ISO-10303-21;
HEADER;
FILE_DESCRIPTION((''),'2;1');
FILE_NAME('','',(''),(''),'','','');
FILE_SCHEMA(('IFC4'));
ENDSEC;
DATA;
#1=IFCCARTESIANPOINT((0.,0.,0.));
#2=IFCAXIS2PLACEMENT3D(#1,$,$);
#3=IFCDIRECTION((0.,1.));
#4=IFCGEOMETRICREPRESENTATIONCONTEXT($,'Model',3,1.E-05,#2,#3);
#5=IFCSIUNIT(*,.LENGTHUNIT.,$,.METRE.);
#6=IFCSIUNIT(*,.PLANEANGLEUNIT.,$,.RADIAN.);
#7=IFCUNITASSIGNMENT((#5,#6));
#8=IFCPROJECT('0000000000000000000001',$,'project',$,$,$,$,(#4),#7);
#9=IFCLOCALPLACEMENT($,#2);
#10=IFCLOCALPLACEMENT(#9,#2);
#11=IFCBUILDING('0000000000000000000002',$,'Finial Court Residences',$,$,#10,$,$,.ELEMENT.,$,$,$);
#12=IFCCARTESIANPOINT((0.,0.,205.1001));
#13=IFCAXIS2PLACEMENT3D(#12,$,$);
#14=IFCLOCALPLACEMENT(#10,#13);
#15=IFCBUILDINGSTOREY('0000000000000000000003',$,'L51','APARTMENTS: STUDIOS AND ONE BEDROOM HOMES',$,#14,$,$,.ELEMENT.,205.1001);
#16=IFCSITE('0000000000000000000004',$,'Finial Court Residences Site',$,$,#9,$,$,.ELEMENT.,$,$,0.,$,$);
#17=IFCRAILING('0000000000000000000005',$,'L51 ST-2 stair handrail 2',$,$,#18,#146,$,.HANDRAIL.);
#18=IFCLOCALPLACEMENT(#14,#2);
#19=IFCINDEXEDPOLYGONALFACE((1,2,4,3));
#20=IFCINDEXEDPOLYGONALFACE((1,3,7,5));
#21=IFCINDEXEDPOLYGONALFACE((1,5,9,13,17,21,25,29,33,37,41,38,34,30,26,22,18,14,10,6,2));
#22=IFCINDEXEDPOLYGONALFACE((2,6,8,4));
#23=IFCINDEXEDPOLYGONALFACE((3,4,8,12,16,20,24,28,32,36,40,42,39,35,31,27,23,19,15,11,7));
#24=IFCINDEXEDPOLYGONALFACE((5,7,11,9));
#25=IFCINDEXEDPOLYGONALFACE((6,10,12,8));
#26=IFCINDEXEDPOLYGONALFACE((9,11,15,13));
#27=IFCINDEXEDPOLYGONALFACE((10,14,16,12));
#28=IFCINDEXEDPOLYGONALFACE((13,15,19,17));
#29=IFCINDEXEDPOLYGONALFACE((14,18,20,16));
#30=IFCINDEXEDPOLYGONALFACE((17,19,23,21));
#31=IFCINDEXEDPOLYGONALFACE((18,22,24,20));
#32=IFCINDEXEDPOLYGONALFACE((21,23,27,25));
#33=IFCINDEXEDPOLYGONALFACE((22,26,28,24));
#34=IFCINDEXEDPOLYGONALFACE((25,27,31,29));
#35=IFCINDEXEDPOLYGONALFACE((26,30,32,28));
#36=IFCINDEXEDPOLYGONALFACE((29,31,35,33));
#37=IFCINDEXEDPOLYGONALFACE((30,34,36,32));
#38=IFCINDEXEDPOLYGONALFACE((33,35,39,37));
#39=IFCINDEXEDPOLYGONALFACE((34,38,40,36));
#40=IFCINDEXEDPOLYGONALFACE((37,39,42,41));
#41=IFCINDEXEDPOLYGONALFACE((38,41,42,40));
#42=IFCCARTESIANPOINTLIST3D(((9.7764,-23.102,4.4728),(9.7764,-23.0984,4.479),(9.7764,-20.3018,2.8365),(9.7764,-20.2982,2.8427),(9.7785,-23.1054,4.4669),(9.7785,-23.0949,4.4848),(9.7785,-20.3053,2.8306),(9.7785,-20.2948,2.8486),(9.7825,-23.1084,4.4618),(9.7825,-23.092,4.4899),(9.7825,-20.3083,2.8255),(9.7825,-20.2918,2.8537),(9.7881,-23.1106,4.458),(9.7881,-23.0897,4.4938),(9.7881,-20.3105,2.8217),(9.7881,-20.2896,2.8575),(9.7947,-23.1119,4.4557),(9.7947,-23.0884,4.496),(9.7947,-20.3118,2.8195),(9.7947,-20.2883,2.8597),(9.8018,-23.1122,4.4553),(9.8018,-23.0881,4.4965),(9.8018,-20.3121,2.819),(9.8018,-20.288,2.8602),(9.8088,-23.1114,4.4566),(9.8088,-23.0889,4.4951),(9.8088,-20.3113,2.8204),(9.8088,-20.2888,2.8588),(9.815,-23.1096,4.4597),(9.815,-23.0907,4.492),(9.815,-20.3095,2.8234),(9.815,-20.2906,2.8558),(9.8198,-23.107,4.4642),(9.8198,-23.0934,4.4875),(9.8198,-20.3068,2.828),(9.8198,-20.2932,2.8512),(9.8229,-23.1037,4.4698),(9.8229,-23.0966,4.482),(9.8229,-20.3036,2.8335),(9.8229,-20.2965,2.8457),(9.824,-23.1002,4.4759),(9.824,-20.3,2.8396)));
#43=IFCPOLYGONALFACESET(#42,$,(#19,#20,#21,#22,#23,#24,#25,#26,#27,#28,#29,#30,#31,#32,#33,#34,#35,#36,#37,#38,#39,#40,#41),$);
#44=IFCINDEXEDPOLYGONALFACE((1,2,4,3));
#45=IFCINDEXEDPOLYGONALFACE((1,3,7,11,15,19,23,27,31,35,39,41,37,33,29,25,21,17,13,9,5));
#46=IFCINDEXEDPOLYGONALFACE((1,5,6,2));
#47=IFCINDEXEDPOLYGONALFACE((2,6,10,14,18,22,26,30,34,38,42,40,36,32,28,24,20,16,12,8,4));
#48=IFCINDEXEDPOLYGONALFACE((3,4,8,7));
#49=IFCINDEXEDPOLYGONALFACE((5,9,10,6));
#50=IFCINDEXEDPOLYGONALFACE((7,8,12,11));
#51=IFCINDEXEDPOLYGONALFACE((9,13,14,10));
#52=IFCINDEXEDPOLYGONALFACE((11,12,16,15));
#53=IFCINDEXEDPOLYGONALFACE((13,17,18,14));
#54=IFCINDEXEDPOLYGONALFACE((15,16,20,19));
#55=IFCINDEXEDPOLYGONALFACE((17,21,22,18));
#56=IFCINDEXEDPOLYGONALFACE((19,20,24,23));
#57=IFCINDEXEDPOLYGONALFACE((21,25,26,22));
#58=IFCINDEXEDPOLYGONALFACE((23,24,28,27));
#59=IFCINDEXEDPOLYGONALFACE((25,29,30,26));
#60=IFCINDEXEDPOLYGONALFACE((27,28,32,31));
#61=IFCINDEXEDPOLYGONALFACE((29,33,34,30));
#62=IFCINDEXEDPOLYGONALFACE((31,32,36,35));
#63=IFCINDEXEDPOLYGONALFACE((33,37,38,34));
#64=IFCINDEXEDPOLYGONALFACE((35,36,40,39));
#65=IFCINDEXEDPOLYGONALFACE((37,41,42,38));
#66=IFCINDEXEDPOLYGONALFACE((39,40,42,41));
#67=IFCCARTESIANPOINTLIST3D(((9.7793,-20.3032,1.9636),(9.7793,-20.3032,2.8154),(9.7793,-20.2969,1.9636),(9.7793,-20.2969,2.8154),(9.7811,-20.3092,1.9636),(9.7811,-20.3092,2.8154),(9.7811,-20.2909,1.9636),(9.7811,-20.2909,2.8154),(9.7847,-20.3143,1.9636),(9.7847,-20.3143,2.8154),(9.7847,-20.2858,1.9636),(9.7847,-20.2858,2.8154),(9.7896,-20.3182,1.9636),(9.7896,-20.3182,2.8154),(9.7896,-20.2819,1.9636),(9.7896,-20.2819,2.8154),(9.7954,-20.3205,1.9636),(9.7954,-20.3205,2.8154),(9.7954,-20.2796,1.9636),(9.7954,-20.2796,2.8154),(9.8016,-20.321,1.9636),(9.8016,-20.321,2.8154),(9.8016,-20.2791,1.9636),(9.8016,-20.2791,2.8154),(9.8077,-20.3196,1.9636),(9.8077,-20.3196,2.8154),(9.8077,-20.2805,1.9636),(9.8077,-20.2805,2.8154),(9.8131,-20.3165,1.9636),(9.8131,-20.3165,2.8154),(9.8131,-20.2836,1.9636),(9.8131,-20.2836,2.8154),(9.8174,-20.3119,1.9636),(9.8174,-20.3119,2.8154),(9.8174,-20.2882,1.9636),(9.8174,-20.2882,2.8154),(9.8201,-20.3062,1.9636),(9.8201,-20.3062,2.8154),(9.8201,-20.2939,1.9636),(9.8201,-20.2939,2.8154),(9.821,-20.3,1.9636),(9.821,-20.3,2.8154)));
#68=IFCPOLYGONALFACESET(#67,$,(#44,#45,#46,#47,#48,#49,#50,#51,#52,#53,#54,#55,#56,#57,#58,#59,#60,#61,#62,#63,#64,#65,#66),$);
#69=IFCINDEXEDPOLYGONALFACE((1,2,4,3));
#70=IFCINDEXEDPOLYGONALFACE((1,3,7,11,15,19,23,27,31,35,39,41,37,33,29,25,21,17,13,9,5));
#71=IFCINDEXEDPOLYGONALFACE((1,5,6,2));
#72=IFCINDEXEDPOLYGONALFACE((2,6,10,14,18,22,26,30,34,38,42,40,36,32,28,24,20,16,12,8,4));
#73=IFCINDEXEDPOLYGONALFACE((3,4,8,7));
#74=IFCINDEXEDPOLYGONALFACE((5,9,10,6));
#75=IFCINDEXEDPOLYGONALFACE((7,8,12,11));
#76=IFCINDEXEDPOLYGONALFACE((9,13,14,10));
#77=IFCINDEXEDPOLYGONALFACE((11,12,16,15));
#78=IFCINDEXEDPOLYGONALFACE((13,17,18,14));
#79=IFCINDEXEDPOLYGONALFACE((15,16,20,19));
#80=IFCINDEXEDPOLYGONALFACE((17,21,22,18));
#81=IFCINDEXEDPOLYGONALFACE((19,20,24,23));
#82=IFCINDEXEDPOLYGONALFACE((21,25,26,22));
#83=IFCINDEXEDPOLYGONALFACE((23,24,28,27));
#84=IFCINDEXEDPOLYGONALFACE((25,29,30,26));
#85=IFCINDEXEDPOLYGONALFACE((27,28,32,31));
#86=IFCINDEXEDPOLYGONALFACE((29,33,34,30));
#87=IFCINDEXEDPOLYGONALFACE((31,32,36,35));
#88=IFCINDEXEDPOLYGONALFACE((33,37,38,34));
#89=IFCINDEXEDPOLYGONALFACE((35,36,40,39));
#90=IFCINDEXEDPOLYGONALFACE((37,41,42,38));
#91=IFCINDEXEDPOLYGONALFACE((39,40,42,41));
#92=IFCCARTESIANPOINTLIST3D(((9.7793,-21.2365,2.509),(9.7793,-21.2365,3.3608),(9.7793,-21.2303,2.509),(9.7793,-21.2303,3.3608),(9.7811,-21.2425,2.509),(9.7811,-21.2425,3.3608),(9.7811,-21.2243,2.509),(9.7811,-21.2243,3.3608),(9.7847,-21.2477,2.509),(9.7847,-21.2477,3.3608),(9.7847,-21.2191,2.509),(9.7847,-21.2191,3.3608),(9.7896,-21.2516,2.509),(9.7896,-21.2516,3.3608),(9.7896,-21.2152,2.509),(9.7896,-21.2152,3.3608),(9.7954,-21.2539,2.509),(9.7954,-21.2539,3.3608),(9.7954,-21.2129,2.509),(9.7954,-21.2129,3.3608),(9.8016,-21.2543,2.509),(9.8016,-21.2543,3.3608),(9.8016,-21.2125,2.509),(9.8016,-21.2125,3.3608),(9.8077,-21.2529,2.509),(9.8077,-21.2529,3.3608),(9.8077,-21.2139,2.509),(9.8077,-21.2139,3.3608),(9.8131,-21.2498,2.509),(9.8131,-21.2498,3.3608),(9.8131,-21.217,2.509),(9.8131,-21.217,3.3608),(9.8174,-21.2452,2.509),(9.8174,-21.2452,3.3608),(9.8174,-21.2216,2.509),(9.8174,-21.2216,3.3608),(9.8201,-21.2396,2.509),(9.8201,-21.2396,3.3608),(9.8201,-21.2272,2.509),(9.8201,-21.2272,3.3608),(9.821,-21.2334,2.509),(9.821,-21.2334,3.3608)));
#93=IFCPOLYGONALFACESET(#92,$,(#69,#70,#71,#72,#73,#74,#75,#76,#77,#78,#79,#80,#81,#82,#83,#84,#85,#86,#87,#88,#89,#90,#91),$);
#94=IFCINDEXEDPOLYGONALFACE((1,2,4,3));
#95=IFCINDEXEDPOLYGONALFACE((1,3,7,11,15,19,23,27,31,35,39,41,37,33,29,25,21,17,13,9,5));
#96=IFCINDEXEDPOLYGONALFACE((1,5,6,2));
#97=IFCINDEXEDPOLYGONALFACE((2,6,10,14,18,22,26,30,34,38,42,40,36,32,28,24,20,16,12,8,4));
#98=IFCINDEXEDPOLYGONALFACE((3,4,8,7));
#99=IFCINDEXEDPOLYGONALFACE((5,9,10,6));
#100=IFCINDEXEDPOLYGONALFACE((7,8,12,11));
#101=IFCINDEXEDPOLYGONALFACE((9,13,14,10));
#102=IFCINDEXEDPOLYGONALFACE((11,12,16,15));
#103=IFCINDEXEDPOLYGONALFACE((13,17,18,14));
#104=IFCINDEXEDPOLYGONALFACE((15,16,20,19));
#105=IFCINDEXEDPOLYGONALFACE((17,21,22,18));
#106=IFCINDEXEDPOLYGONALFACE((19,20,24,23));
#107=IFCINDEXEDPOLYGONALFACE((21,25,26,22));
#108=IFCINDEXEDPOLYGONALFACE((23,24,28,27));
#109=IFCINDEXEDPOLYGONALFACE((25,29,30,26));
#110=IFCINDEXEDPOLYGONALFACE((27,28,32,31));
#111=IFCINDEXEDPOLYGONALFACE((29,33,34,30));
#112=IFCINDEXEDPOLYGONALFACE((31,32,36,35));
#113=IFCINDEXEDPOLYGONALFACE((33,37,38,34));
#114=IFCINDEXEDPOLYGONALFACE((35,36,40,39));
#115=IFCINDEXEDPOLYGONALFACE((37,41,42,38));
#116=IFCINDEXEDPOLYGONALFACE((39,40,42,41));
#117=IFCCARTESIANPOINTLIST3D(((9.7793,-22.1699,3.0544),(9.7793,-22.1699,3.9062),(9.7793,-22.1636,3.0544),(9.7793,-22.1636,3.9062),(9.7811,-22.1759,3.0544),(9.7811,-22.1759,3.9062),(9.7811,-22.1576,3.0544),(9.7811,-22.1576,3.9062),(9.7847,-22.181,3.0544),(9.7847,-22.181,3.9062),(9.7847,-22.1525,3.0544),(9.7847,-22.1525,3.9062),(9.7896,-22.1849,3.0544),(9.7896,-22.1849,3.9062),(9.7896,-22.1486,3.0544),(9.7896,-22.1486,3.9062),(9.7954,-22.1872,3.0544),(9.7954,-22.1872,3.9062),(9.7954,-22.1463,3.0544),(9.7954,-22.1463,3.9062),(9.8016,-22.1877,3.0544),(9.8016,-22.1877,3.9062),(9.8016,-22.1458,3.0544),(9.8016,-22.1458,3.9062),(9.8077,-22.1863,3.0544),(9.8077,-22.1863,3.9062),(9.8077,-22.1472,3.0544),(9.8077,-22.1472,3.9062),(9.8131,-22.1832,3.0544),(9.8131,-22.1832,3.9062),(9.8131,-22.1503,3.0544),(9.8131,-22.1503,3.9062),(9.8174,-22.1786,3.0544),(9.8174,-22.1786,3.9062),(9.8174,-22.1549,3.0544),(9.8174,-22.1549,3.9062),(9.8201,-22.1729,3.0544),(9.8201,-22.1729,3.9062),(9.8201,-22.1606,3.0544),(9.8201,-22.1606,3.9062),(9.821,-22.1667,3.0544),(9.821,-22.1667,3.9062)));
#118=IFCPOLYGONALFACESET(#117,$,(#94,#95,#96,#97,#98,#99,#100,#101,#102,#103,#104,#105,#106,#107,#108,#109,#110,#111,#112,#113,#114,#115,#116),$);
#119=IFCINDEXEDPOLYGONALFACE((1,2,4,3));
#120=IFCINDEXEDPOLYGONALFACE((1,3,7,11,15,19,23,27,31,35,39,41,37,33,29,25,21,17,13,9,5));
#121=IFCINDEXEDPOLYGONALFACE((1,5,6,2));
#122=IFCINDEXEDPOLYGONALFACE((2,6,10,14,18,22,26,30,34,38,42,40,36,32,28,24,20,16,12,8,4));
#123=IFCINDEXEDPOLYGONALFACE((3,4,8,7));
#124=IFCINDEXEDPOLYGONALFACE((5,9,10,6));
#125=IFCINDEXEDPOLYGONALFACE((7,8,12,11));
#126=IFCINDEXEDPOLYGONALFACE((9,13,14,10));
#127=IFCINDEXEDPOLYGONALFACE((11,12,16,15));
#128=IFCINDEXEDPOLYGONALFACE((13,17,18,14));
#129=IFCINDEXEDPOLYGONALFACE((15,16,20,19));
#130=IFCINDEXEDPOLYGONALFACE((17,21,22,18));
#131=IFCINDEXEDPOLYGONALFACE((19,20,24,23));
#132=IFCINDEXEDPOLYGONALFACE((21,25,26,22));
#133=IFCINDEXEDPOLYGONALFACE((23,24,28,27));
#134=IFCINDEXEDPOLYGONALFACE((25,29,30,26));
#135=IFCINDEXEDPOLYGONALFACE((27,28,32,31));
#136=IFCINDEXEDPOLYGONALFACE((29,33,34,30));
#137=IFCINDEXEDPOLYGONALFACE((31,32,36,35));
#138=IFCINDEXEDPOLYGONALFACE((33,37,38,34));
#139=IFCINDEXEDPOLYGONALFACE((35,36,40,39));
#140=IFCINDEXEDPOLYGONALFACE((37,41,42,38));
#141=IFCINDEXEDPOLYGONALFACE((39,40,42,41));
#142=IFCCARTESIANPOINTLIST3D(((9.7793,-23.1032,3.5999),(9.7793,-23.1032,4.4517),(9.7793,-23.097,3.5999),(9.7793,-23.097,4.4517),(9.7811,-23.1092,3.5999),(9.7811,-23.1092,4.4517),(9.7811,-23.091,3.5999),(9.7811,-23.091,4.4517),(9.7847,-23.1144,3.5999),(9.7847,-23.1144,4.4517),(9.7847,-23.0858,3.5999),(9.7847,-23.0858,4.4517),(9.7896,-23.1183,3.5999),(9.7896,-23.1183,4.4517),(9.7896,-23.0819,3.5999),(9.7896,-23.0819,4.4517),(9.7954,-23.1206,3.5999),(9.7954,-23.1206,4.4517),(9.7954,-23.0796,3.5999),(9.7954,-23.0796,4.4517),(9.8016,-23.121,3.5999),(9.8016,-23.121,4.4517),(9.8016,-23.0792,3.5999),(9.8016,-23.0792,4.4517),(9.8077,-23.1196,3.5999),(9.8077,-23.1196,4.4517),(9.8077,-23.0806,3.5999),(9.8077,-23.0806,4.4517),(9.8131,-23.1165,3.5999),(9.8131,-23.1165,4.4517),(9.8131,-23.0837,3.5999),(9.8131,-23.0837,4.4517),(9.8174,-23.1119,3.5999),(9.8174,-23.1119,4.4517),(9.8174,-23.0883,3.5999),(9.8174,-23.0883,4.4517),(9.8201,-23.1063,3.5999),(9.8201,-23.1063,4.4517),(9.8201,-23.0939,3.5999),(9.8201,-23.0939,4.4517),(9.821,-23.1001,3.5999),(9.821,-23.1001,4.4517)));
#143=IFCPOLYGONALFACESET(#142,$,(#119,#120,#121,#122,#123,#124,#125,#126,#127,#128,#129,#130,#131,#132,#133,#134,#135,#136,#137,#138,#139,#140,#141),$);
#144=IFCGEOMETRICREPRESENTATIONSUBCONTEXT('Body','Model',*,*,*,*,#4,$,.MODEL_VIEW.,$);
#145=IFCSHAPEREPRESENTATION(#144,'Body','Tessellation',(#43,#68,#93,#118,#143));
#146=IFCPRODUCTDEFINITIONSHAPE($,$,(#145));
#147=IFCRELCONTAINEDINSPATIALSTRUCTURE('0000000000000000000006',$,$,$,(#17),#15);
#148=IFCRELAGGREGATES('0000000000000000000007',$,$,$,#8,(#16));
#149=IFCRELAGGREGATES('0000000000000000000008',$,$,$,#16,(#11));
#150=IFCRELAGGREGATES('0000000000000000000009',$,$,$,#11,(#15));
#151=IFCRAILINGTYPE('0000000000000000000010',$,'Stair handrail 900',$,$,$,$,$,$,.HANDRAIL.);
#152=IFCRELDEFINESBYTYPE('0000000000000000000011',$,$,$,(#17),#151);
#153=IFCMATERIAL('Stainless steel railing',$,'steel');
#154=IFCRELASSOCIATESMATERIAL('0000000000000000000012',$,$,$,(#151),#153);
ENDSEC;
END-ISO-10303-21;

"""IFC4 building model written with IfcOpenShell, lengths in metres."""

from ifc_helpers import new_model, si_unit, direction, frame, origin, origin_2d, place, context, subcontext, project, spatial, circle, extrude, material, type_object, element, save


model = new_model("IFC4")

# Units and contexts
model_context = context("Model", 3, precision=1e-05, world=origin(), true_north=direction((0.0, 1.0)))
body_context = subcontext(model_context, "Body", "Model", "MODEL_VIEW")
ifc_project = project(units=[si_unit("LENGTHUNIT", "METRE"), si_unit("PLANEANGLEUNIT", "RADIAN")], contexts=[model_context])

# Site, building, storey
site_placement = place(None, origin())
site = spatial("IfcSite", under=ifc_project, at=site_placement, Name="Finial Court Residences Site", CompositionType="ELEMENT", RefElevation=0.0)
building_placement = place(site_placement, origin())
building = spatial("IfcBuilding", under=site, at=building_placement, Name="Finial Court Residences", CompositionType="ELEMENT")
storey_placement = place(building_placement, frame((0.0, 0.0, 205.1001)))
storey = spatial("IfcBuildingStorey", under=building, at=storey_placement, Name="L51", Description="APARTMENTS: STUDIOS AND ONE BEDROOM HOMES", CompositionType="ELEMENT", Elevation=205.1001)

# Railing
ifc_material_1 = material(Name="Stainless steel railing", Category="steel")
railing_type_1 = type_object("IfcRailingType", Name="Stair handrail 900", PredefinedType="HANDRAIL", material=ifc_material_1)
railing_1_placement = place(storey_placement, frame((9.8, -20.3, 1.9636)))
element("IfcRailing", 1, at=railing_1_placement, inside=storey, type_object=railing_type_1, Name="L51 ST-2 stair handrail 2", PredefinedType="HANDRAIL", context=body_context, shape_type="SweptSolid", body=[
    extrude(circle(Radius=0.0239, at=origin_2d()), frame((0.0, 0.0, 0.876), z_axis=(0.0, -0.863394, 0.504531), x_axis=(1.0, 0.0, 0.0)), (0.0, 0.0, 1.0), 3.2432),
    extrude(circle(Radius=0.021, at=origin_2d()), origin(), (0.0, 0.0, 1.0), 0.8518),
    extrude(circle(Radius=0.021, at=origin_2d()), frame((0.0, -0.9333, 0.5454)), (0.0, 0.0, 1.0), 0.8518),
    extrude(circle(Radius=0.021, at=origin_2d()), frame((0.0, -1.8667, 1.0908)), (0.0, 0.0, 1.0), 0.8518),
    extrude(circle(Radius=0.021, at=origin_2d()), frame((0.0, -2.8, 1.6362)), (0.0, 0.0, 1.0), 0.8518),
])

save(model, "model.ifc")
